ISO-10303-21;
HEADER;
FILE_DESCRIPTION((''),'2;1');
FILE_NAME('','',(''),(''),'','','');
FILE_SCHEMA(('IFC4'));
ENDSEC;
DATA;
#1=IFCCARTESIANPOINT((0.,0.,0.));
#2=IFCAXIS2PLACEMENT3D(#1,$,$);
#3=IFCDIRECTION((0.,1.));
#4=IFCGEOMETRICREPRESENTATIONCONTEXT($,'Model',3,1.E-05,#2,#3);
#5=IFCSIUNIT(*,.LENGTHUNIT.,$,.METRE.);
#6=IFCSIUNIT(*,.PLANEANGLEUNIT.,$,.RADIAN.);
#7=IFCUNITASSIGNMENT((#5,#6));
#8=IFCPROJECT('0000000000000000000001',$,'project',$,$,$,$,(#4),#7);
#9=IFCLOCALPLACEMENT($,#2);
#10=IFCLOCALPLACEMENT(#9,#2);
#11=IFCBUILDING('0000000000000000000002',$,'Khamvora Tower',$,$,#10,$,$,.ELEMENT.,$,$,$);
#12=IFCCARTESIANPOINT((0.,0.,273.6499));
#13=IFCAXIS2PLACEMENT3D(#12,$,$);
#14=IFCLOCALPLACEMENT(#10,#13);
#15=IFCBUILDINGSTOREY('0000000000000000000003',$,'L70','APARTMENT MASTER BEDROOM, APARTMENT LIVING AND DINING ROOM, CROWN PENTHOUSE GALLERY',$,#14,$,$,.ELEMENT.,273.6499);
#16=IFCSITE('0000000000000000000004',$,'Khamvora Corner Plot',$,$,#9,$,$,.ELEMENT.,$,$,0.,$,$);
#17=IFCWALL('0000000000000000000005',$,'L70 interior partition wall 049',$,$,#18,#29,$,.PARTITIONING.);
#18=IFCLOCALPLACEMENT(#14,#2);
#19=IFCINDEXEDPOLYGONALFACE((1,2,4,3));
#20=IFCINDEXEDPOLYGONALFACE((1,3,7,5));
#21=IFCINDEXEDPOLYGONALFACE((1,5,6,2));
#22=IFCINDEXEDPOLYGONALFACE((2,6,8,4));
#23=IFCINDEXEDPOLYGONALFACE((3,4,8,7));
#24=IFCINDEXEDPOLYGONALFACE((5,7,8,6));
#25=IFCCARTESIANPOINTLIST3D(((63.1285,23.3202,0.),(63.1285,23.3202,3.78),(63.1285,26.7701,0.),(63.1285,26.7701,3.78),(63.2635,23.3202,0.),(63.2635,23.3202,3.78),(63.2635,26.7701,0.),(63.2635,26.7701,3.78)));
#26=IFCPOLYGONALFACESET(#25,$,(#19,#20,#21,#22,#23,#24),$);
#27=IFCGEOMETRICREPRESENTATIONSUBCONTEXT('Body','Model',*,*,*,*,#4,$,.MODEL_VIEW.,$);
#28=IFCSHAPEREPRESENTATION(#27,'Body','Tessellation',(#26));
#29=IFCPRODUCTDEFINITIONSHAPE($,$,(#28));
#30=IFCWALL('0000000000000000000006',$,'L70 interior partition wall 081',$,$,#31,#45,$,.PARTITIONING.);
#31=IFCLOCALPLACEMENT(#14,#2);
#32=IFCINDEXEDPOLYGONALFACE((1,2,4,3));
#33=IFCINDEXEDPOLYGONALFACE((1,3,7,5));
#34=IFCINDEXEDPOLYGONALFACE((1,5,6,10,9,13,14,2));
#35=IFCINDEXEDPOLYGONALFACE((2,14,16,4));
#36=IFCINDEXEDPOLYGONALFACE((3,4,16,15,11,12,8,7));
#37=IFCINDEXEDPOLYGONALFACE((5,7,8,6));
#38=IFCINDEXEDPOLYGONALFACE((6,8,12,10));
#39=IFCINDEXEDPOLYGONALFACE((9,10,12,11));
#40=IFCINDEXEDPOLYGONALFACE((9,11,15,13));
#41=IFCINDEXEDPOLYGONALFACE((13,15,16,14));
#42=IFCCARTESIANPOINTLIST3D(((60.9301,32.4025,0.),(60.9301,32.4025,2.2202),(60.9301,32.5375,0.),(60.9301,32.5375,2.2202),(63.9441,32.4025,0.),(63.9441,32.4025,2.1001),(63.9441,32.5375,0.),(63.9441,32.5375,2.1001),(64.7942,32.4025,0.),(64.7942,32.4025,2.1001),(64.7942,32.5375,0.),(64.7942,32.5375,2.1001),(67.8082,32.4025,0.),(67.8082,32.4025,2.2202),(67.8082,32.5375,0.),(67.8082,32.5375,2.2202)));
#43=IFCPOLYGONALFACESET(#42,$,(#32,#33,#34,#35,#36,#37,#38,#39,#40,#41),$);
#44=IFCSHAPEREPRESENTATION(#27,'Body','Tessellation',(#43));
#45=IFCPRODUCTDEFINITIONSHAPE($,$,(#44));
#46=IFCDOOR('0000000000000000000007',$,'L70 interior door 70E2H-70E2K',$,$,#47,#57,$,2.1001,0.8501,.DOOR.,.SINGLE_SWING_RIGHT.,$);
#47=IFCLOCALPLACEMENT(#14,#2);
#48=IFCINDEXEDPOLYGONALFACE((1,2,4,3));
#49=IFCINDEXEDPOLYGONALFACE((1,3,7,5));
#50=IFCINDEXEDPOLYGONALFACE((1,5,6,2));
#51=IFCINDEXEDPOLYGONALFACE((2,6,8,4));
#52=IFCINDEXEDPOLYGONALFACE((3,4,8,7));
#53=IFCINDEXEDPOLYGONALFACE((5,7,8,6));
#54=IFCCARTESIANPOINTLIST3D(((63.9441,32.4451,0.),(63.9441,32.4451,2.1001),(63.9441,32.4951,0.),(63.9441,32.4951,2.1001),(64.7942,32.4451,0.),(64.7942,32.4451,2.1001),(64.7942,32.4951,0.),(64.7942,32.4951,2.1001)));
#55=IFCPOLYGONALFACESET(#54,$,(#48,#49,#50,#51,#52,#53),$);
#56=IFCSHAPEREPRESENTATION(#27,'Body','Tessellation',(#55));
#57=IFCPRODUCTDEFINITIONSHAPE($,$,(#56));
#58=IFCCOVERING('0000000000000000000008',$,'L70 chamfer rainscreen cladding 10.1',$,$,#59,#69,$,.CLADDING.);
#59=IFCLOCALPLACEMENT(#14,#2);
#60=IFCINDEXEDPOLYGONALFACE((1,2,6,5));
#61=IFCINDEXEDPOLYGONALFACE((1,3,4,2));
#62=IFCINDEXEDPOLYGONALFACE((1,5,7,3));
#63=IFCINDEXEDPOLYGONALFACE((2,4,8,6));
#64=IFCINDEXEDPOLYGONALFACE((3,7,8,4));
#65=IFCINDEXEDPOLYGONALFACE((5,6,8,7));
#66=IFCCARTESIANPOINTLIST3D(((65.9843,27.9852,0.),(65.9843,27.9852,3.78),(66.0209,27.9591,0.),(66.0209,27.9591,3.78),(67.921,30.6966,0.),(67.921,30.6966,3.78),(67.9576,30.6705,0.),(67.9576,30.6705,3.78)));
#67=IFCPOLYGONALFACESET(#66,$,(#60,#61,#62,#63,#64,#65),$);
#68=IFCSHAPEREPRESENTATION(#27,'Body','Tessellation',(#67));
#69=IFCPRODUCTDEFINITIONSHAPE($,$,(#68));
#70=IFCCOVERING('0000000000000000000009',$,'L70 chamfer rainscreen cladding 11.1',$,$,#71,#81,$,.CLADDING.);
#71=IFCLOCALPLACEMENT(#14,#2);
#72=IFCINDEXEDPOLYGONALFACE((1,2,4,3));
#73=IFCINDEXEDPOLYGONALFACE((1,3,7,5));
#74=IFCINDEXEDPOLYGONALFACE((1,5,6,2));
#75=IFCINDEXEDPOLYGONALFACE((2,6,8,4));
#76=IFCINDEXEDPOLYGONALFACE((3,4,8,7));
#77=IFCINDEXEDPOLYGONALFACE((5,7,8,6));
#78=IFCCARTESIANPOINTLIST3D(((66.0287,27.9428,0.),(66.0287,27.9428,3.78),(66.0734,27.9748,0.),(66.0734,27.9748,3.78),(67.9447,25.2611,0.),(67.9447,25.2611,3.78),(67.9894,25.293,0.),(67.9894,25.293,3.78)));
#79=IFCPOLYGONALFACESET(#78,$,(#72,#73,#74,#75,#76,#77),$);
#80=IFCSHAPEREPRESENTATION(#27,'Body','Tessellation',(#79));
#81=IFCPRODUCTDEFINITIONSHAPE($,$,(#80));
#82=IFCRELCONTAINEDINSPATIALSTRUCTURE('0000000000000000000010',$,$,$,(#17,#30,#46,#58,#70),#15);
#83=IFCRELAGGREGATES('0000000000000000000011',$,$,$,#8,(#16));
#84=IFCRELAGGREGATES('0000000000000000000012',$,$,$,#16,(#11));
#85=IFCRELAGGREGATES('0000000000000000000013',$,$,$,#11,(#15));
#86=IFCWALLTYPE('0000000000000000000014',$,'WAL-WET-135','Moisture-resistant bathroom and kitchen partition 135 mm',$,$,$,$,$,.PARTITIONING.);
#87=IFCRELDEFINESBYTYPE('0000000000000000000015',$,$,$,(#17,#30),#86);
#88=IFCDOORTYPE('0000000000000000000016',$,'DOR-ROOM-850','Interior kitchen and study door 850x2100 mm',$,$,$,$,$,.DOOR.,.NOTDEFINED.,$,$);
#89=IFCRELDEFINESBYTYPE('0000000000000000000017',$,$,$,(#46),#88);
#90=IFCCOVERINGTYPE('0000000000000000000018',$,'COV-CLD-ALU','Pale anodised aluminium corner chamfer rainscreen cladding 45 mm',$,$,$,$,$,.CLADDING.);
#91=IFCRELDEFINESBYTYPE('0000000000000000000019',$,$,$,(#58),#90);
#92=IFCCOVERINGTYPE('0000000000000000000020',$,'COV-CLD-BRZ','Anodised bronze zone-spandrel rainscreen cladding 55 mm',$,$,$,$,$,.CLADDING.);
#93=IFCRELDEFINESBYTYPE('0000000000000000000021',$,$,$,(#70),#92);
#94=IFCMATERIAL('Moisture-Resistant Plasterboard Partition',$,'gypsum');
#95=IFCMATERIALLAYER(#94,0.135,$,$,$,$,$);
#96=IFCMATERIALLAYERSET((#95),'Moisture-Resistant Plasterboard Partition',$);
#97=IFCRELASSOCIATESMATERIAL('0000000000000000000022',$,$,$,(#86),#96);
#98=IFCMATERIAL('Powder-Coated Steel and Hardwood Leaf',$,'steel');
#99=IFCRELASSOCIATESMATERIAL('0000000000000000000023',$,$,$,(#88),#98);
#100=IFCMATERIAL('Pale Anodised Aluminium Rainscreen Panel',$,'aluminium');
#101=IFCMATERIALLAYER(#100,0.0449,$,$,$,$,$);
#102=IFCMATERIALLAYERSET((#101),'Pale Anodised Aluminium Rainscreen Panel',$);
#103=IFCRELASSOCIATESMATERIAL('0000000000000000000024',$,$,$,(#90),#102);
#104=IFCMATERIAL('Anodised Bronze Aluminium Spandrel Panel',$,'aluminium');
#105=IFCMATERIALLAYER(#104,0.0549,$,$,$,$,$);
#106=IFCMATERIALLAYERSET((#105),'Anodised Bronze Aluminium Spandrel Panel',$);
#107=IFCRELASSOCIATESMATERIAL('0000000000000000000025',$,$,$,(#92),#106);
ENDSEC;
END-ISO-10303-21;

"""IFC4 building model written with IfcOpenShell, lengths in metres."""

from ifc_helpers import new_model, si_unit, direction, frame, frame_2d, origin, origin_2d, place, context, subcontext, project, spatial, rectangle, extrude, material, layer, layer_set, type_object, element, fill, save


model = new_model("IFC4")

# Units and contexts
model_context = context("Model", 3, precision=1e-05, world=origin(), true_north=direction((0.0, 1.0)))
body_context = subcontext(model_context, "Body", "Model", "MODEL_VIEW")
ifc_project = project(units=[si_unit("LENGTHUNIT", "METRE"), si_unit("PLANEANGLEUNIT", "RADIAN")], contexts=[model_context])

# Site, building, storey
site_placement = place(None, origin())
site = spatial("IfcSite", under=ifc_project, at=site_placement, Name="Khamvora Corner Plot", CompositionType="ELEMENT", RefElevation=0.0)
building_placement = place(site_placement, origin())
building = spatial("IfcBuilding", under=site, at=building_placement, Name="Khamvora Tower", CompositionType="ELEMENT")
storey_placement = place(building_placement, frame((0.0, 0.0, 273.6499)))
storey = spatial("IfcBuildingStorey", under=building, at=storey_placement, Name="L70", Description="APARTMENT MASTER BEDROOM, APARTMENT LIVING AND DINING ROOM, CROWN PENTHOUSE GALLERY", CompositionType="ELEMENT", Elevation=273.6499)

# Shared definitions
ifc_material_1 = material(Name="Powder-Coated Steel and Hardwood Leaf", Category="steel")

# Wall
ifc_material_2 = material(Name="Moisture-Resistant Plasterboard Partition", Category="gypsum")
ifc_layer_1 = layer(ifc_material_2, 0.135)
ifc_layer_set_1 = layer_set([ifc_layer_1], Name="Moisture-Resistant Plasterboard Partition")
wall_type_1 = type_object("IfcWallType", Name="WAL-WET-135", Description="Moisture-resistant bathroom and kitchen partition 135 mm", PredefinedType="PARTITIONING", material=ifc_layer_set_1)
wall_1_placement = place(storey_placement, frame((63.196, 23.3201, 0.0), z_axis=(0.0, 0.0, 1.0), x_axis=(0.0, 1.0, 0.0)))
element("IfcWall", 1, at=wall_1_placement, inside=storey, type_object=wall_type_1, Name="L70 interior partition wall 049", PredefinedType="PARTITIONING", context=body_context, shape_type="SweptSolid", body=[
    extrude(rectangle(XDim=3.45, YDim=0.135, at=frame_2d((1.7251, 0.0))), origin(), (0.0, 0.0, 1.0), 3.78),
])

# Wall, opening, door
wall_2_placement = place(storey_placement, frame((67.8081, 32.47, 0.0), z_axis=(0.0, 0.0, 1.0), x_axis=(-1.0, 0.0, 0.0)))
wall_2 = element("IfcWall", 2, at=wall_2_placement, inside=storey, type_object=wall_type_1, Name="L70 interior partition wall 081", PredefinedType="PARTITIONING", context=body_context, shape_type="SweptSolid", body=[
    extrude(rectangle(XDim=6.8782, YDim=0.135, at=frame_2d((3.439, 0.0))), origin(), (0.0, 0.0, 1.0), 2.2202),
])
opening_1_placement = place(wall_2_placement, frame((3.0139, 0.0, 0.0)))
opening_1 = element("IfcOpeningElement", 3, at=opening_1_placement, cuts=wall_2, PredefinedType="OPENING", context=body_context, shape_type="SweptSolid", body=[
    extrude(rectangle(XDim=0.8501, YDim=2.1001, at=frame_2d((0.425, 1.05))), frame((0.0, 0.0774, 0.0), z_axis=(0.0, -1.0, 0.0), x_axis=(1.0, 0.0, 0.0)), (0.0, 0.0, 1.0), 0.155),
])
door_type_1 = type_object("IfcDoorType", Name="DOR-ROOM-850", Description="Interior kitchen and study door 850x2100 mm", OperationType="NOTDEFINED", PredefinedType="DOOR", material=ifc_material_1)
door_1_placement = place(opening_1_placement, origin())
door_1 = element("IfcDoor", 4, at=door_1_placement, inside=storey, type_object=door_type_1, Name="L70 interior door 70E2H-70E2K", OperationType="SINGLE_SWING_RIGHT", OverallHeight=2.1001, OverallWidth=0.8501, PredefinedType="DOOR", context=body_context, shape_type="SweptSolid", body=[
    extrude(rectangle(XDim=0.8501, YDim=2.1001, at=frame_2d((0.425, 1.05))), frame((0.0, 0.0249, 0.0), z_axis=(0.0, -1.0, 0.0), x_axis=(1.0, 0.0, 0.0)), (0.0, 0.0, 1.0), 0.05),
])
fill(opening_1, door_1)

# Coverings
ifc_material_3 = material(Name="Pale Anodised Aluminium Rainscreen Panel", Category="aluminium")
ifc_layer_2 = layer(ifc_material_3, 0.0449)
ifc_layer_set_2 = layer_set([ifc_layer_2], Name="Pale Anodised Aluminium Rainscreen Panel")
covering_type_1 = type_object("IfcCoveringType", Name="COV-CLD-ALU", Description="Pale anodised aluminium corner chamfer rainscreen cladding 45 mm", PredefinedType="CLADDING", material=ifc_layer_set_2)
covering_1_placement = place(storey_placement, frame((66.9709, 29.3279, 0.0), z_axis=(0.0, 0.0, 1.0), x_axis=(-0.581238, -0.813733, 0.0)))
element("IfcCovering", 5, at=covering_1_placement, inside=storey, type_object=covering_type_1, Name="L70 chamfer rainscreen cladding 10.1", PredefinedType="CLADDING", context=body_context, shape_type="SweptSolid", body=[
    extrude(rectangle(XDim=3.332, YDim=0.0449, at=origin_2d()), origin(), (0.0, 0.0, 1.0), 3.78),
])
ifc_material_4 = material(Name="Anodised Bronze Aluminium Spandrel Panel", Category="aluminium")
ifc_layer_3 = layer(ifc_material_4, 0.0549)
ifc_layer_set_3 = layer_set([ifc_layer_3], Name="Anodised Bronze Aluminium Spandrel Panel")
covering_type_2 = type_object("IfcCoveringType", Name="COV-CLD-BRZ", Description="Anodised bronze zone-spandrel rainscreen cladding 55 mm", PredefinedType="CLADDING", material=ifc_layer_set_3)
covering_2_placement = place(storey_placement, frame((67.009, 26.6179, 0.0), z_axis=(0.0, 0.0, 1.0), x_axis=(0.581322, -0.813674, 0.0)))
element("IfcCovering", 6, at=covering_2_placement, inside=storey, type_object=covering_type_2, Name="L70 chamfer rainscreen cladding 11.1", PredefinedType="CLADDING", context=body_context, shape_type="SweptSolid", body=[
    extrude(rectangle(XDim=3.2959, YDim=0.0549, at=origin_2d()), origin(), (0.0, 0.0, 1.0), 3.78),
])

save(model, "model.ifc")
